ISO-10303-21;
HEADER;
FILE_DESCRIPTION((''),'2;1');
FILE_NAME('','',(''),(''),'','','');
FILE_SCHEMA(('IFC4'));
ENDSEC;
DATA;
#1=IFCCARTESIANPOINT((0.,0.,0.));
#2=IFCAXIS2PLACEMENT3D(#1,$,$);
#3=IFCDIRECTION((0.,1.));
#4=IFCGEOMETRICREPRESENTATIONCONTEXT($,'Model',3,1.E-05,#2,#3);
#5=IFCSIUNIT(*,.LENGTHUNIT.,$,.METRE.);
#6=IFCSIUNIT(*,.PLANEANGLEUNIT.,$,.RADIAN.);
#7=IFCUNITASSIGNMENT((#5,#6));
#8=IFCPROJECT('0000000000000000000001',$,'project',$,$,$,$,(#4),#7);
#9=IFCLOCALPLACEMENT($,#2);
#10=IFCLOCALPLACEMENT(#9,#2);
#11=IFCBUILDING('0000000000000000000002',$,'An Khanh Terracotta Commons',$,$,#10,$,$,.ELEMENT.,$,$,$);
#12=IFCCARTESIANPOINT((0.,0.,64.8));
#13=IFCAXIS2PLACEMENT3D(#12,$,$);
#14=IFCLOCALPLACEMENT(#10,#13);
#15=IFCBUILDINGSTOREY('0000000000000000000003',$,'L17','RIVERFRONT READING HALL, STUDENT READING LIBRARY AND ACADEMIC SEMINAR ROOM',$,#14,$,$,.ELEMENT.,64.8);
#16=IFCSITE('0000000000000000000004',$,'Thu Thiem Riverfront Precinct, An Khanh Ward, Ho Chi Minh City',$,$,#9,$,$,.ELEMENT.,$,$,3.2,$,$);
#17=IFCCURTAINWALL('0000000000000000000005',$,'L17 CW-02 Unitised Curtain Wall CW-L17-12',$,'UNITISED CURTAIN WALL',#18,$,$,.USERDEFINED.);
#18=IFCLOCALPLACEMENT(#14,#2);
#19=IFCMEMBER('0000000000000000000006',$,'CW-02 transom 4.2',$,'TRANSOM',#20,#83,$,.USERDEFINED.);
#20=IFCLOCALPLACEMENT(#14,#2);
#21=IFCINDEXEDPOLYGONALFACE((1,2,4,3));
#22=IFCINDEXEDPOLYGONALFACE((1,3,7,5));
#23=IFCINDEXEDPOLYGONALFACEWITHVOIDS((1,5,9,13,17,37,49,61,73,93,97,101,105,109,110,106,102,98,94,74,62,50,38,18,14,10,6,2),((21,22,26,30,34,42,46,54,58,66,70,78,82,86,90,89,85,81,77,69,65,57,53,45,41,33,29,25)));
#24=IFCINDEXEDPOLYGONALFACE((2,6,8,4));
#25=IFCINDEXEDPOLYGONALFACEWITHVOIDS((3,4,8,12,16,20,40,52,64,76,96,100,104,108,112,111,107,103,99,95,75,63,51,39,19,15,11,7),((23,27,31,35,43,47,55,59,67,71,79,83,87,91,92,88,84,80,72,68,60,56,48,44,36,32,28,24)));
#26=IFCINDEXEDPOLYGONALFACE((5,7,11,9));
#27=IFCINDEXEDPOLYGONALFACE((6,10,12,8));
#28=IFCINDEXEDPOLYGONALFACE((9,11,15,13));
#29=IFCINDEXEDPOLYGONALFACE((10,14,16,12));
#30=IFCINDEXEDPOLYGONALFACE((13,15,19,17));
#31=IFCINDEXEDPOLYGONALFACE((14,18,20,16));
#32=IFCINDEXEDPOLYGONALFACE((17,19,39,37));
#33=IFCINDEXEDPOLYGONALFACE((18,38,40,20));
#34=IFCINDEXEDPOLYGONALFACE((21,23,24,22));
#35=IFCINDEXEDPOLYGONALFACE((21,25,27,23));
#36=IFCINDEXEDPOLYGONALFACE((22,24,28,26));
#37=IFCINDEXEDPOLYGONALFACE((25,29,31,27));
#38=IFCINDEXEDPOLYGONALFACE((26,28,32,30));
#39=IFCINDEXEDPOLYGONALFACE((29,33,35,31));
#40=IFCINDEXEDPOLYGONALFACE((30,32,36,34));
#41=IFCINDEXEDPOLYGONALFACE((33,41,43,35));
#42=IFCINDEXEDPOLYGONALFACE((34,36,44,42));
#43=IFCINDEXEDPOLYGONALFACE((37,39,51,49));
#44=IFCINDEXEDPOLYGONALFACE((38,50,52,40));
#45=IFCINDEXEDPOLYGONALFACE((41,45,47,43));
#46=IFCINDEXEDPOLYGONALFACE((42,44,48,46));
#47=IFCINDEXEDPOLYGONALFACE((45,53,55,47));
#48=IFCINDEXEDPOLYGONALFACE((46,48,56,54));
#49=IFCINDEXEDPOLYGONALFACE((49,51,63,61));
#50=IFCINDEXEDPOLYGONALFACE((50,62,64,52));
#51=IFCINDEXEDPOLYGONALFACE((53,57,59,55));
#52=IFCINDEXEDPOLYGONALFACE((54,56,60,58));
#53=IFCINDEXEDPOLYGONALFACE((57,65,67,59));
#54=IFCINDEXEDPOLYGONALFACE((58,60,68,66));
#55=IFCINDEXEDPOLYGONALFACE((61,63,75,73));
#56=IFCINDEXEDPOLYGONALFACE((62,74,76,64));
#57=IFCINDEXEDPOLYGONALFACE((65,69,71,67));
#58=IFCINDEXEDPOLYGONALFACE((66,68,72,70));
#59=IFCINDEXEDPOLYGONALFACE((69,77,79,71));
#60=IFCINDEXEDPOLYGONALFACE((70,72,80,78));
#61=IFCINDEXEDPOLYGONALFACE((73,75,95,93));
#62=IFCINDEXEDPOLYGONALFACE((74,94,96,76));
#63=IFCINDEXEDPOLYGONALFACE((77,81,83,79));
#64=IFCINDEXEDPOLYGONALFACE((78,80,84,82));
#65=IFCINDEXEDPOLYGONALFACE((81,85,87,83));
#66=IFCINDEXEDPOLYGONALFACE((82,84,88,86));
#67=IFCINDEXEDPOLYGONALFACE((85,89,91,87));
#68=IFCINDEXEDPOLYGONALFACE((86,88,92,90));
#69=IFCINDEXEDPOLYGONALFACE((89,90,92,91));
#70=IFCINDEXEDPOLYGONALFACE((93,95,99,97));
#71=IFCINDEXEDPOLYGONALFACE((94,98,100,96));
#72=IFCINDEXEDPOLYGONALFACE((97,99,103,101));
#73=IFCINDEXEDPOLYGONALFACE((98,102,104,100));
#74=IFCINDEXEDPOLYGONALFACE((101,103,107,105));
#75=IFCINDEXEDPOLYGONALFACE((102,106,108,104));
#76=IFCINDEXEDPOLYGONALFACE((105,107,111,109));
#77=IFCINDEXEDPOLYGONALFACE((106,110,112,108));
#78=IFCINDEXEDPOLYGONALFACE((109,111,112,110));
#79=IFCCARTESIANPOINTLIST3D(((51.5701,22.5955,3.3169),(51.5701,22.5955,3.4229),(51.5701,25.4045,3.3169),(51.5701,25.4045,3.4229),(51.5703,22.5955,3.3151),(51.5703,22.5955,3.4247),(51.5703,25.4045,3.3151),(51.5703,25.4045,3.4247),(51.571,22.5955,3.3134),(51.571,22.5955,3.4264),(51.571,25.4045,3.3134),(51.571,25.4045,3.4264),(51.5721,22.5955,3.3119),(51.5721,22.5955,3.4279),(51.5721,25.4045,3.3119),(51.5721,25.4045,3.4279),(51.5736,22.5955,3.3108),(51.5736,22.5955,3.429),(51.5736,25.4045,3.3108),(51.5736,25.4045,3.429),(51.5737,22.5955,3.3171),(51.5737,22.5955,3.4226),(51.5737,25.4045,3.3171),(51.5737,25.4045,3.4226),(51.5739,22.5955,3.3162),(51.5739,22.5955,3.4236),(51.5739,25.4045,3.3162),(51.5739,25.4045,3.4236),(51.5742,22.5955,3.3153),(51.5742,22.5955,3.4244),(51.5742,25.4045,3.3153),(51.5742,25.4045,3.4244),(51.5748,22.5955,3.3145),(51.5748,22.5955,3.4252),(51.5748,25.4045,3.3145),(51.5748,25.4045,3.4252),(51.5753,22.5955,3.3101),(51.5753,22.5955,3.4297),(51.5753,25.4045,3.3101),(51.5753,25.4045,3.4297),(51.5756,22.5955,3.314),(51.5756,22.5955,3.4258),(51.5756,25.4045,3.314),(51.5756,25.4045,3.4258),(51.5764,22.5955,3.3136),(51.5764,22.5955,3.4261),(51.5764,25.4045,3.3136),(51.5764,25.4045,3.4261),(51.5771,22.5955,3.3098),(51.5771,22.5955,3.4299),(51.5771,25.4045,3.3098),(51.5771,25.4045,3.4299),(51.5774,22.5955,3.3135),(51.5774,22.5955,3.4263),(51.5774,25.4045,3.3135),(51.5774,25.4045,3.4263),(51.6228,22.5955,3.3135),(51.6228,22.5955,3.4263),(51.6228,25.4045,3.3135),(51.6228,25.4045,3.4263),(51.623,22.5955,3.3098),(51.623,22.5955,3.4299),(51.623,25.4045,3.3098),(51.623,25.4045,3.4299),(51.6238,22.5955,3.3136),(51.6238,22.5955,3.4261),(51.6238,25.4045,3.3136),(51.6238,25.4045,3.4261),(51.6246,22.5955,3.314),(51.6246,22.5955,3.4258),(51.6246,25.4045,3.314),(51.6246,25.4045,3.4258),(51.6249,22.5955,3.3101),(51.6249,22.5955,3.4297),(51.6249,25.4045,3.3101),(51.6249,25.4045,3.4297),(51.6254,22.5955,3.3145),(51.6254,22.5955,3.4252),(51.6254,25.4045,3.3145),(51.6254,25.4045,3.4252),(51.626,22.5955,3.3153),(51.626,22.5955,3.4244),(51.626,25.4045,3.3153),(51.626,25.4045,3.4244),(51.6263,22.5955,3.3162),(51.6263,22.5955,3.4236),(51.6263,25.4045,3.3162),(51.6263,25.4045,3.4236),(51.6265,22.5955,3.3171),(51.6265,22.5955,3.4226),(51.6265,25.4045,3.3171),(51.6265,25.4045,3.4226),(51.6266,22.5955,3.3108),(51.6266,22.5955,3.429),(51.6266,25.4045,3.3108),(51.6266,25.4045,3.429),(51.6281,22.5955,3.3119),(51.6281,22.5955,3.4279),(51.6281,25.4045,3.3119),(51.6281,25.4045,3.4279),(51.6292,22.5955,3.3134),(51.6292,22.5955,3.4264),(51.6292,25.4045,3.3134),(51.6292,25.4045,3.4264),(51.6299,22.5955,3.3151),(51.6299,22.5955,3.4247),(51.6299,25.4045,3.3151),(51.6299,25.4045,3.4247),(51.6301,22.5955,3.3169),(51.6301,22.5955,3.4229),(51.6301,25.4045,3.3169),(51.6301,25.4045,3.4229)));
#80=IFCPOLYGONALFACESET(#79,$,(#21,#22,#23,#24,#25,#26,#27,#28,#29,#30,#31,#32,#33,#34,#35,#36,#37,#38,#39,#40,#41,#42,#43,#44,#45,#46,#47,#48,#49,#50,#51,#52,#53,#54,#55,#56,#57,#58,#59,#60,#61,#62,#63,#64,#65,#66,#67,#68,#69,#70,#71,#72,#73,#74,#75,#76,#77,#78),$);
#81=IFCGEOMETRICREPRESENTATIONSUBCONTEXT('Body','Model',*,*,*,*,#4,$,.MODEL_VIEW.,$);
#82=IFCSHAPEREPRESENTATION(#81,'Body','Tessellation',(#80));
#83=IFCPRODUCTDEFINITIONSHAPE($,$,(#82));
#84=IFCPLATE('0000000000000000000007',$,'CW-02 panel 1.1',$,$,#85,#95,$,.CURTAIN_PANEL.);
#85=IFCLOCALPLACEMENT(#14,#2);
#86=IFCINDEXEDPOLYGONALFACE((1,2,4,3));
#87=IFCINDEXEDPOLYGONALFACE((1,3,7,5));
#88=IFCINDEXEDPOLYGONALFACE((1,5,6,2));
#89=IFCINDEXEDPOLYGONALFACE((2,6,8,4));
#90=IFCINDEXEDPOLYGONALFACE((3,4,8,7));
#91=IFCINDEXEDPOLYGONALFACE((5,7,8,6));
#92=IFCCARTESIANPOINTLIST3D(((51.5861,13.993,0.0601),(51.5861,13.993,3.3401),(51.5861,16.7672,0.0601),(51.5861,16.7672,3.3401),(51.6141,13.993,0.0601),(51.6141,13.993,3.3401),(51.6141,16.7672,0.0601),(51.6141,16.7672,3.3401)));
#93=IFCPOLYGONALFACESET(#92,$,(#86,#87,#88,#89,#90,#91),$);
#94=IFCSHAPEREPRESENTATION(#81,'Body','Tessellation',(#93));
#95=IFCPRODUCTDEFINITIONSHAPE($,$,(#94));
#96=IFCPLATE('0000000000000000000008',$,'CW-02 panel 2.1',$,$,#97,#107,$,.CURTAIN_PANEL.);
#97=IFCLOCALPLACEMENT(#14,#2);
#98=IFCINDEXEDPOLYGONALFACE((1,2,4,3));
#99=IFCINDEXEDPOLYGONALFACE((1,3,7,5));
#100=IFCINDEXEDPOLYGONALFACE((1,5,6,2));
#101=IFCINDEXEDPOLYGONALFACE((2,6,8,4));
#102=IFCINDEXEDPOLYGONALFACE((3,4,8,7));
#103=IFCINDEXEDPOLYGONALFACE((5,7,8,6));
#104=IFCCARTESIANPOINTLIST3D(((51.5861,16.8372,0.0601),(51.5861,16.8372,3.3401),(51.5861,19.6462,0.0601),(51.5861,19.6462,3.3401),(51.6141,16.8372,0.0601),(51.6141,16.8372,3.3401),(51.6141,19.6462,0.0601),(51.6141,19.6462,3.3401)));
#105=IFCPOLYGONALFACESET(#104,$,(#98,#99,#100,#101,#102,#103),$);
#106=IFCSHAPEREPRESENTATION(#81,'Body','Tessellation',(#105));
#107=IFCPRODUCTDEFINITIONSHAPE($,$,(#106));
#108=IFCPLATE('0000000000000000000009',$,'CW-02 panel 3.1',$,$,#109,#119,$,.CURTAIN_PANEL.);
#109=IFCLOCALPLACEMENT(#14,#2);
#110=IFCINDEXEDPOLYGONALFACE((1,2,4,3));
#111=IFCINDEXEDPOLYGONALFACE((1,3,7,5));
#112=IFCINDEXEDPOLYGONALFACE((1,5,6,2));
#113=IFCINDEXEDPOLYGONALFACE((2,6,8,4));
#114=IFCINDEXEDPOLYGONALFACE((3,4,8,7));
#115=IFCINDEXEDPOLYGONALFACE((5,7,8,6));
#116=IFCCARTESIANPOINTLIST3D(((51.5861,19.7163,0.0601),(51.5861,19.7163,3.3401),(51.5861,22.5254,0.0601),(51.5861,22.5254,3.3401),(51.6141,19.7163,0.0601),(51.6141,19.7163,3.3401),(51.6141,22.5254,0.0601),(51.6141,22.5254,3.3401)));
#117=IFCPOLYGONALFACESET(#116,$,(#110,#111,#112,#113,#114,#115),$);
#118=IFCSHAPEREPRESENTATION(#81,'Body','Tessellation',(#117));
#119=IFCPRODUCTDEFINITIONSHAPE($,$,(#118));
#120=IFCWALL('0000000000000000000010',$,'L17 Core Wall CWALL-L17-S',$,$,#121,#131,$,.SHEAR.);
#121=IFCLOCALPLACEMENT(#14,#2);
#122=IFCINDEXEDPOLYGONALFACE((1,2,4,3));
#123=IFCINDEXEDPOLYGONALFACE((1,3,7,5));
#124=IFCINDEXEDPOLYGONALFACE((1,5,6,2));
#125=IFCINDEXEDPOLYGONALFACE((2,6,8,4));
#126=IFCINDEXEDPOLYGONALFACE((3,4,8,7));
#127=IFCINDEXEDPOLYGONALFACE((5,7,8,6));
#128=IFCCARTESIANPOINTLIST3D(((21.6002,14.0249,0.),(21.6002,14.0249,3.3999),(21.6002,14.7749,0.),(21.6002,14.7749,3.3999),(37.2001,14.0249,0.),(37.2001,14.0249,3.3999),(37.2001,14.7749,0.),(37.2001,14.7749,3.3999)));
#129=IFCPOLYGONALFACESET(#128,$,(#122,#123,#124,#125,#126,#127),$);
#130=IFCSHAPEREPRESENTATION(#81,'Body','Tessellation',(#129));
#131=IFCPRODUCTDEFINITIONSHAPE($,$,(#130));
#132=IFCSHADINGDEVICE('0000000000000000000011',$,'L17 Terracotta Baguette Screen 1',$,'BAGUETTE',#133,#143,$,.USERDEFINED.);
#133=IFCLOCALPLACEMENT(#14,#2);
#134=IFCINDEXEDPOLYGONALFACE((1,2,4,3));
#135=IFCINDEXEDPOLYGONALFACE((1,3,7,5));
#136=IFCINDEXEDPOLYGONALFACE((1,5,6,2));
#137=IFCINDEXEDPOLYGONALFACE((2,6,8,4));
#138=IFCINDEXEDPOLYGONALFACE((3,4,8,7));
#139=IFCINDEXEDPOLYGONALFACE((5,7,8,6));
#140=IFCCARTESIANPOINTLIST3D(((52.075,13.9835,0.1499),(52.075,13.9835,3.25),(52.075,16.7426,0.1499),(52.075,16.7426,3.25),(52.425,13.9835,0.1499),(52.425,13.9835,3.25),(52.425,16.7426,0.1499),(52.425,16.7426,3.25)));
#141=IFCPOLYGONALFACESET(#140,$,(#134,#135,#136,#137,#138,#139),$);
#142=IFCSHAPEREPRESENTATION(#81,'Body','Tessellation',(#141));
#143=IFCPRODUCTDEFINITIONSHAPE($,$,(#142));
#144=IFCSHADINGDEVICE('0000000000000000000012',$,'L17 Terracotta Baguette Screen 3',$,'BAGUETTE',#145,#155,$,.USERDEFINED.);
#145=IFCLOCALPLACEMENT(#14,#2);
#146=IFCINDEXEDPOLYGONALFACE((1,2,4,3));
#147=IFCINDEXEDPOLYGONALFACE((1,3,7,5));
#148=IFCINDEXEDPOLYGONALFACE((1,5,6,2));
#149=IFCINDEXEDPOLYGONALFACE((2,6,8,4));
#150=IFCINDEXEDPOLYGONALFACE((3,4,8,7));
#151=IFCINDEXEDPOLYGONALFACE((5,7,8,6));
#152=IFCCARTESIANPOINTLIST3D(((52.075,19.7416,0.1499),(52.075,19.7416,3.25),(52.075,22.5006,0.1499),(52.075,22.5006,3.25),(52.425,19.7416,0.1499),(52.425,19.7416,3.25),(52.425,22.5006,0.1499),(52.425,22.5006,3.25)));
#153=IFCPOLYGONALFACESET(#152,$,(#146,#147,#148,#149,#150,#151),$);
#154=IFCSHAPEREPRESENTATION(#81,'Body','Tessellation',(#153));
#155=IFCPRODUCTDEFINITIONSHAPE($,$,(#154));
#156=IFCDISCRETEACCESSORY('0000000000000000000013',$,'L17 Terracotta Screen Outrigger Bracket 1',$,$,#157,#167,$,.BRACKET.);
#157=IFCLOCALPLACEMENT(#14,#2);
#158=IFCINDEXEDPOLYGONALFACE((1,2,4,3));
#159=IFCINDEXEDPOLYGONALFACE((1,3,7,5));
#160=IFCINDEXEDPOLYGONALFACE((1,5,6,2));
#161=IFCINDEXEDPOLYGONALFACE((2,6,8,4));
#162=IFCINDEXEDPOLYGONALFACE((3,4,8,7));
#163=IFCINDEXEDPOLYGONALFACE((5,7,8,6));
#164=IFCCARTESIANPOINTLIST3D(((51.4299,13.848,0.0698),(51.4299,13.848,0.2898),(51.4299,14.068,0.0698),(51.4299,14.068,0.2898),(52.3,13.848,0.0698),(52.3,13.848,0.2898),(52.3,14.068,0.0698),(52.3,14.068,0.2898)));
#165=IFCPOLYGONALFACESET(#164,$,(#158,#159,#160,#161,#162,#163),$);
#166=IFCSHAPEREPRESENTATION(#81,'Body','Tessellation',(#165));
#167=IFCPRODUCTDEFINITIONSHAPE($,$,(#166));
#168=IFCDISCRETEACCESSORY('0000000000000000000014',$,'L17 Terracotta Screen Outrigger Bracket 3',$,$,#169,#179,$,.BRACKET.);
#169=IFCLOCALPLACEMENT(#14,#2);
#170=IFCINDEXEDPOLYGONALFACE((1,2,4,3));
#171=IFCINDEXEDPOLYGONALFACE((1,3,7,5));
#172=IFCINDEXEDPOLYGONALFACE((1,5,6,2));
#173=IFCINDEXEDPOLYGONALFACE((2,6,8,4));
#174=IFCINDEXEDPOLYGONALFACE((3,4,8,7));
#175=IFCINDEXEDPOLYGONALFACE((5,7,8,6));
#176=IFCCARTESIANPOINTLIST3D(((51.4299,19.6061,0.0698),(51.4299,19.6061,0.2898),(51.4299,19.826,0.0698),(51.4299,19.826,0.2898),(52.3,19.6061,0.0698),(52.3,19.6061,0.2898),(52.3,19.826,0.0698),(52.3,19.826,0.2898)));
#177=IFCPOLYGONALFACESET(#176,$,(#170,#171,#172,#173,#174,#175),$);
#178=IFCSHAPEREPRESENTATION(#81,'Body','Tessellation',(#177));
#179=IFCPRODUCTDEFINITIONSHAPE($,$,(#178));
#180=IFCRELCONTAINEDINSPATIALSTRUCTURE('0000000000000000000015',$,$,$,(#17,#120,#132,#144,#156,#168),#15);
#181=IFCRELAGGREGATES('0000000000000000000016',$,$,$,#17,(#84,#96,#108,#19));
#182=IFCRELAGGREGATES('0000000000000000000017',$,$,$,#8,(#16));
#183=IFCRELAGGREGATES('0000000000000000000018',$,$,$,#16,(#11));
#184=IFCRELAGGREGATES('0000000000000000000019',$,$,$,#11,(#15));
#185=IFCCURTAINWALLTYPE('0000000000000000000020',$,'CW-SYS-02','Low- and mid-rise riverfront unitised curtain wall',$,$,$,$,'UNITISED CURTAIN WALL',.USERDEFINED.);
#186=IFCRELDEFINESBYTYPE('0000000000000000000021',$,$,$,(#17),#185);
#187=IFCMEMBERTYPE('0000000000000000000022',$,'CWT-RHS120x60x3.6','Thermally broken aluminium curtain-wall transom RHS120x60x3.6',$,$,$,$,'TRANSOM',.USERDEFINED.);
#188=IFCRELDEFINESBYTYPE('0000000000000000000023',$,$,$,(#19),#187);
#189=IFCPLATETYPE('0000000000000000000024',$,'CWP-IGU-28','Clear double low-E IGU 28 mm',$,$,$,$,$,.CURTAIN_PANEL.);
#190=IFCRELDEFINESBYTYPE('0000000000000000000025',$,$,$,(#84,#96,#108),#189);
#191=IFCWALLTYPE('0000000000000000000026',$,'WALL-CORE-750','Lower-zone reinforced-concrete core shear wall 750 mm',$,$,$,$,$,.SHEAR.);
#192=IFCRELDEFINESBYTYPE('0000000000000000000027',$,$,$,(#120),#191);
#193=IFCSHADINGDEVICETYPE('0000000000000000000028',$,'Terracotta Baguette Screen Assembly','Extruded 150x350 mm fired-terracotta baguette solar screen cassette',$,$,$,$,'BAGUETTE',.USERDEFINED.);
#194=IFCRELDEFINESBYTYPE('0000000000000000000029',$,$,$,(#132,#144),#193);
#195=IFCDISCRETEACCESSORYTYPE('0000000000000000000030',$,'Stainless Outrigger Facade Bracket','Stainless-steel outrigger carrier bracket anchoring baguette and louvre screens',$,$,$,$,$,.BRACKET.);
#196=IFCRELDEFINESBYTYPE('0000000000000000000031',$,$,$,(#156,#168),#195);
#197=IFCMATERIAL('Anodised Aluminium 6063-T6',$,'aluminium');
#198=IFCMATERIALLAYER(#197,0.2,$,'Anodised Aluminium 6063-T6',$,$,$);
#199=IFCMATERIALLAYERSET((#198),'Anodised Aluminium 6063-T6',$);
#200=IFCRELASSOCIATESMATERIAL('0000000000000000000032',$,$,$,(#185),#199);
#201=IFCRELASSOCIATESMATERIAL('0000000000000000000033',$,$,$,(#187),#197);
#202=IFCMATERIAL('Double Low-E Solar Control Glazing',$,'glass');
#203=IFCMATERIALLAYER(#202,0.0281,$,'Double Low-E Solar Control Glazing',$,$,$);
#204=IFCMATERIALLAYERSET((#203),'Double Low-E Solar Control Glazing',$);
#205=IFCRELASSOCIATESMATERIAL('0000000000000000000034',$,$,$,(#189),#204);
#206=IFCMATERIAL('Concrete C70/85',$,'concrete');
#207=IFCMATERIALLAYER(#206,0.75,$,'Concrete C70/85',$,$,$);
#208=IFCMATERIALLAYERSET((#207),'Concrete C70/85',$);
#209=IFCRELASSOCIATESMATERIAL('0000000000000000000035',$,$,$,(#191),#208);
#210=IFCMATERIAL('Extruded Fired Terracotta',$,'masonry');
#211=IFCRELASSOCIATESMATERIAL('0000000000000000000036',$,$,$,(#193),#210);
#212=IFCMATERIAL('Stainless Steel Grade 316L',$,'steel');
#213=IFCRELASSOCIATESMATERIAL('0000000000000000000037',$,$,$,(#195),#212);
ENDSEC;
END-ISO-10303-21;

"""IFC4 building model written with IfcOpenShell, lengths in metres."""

from ifc_helpers import new_model, si_unit, direction, frame, frame_2d, origin, origin_2d, place, context, subcontext, project, spatial, rectangle, hollow_rectangle, extrude, material, layer, layer_set, material_profile, profile_set, type_object, element, aggregate, save


model = new_model("IFC4")

# Units and contexts
model_context = context("Model", 3, precision=1e-05, world=origin(), true_north=direction((0.0, 1.0)))
body_context = subcontext(model_context, "Body", "Model", "MODEL_VIEW")
ifc_project = project(units=[si_unit("LENGTHUNIT", "METRE"), si_unit("PLANEANGLEUNIT", "RADIAN")], contexts=[model_context])

# Site, building, storey
site_placement = place(None, origin())
site = spatial("IfcSite", under=ifc_project, at=site_placement, Name="Thu Thiem Riverfront Precinct, An Khanh Ward, Ho Chi Minh City", CompositionType="ELEMENT", RefElevation=3.2)
building_placement = place(site_placement, origin())
building = spatial("IfcBuilding", under=site, at=building_placement, Name="An Khanh Terracotta Commons", CompositionType="ELEMENT")
storey_placement = place(building_placement, frame((0.0, 0.0, 64.8)))
storey = spatial("IfcBuildingStorey", under=building, at=storey_placement, Name="L17", Description="RIVERFRONT READING HALL, STUDENT READING LIBRARY AND ACADEMIC SEMINAR ROOM", CompositionType="ELEMENT", Elevation=64.8)

# Shared definitions
ifc_material_1 = material(Name="Concrete C70/85", Category="concrete")

# Curtain wall, member, plates
ifc_material_2 = material(Name="Anodised Aluminium 6063-T6", Category="aluminium")
ifc_layer_1 = layer(ifc_material_2, 0.2, Name="Anodised Aluminium 6063-T6")
ifc_layer_set_1 = layer_set([ifc_layer_1], Name="Anodised Aluminium 6063-T6")
curtain_wall_type = type_object("IfcCurtainWallType", Name="CW-SYS-02", Description="Low- and mid-rise riverfront unitised curtain wall", ElementType="UNITISED CURTAIN WALL", PredefinedType="USERDEFINED", material=ifc_layer_set_1)
curtain_wall_placement = place(storey_placement, origin())
curtain_wall = element("IfcCurtainWall", 1, at=curtain_wall_placement, inside=storey, type_object=curtain_wall_type, Name="L17 CW-02 Unitised Curtain Wall CW-L17-12", ObjectType="UNITISED CURTAIN WALL", PredefinedType="USERDEFINED")
ifc_material_profile_1 = material_profile(ifc_material_2, hollow_rectangle(XDim=0.0601, YDim=0.1201, WallThickness=0.0037, InnerFilletRadius=0.0037, OuterFilletRadius=0.0071, at=origin_2d()), Name="RHS120x60x3.6")
ifc_profile_set_1 = profile_set([ifc_material_profile_1], Name="Anodised Aluminium 6063-T6")
member_type_1 = type_object("IfcMemberType", Name="CWT-RHS120x60x3.6", Description="Thermally broken aluminium curtain-wall transom RHS120x60x3.6", ElementType="TRANSOM", PredefinedType="USERDEFINED", material=ifc_profile_set_1)
member_1_placement = place(storey_placement, frame((51.6001, 22.5955, 3.3699), z_axis=(0.0, 1.0, 0.0), x_axis=(-1.0, 0.0, 0.0)))
member_1 = element("IfcMember", 2, at=member_1_placement, type_object=member_type_1, Name="CW-02 transom 4.2", ObjectType="TRANSOM", PredefinedType="USERDEFINED", context=body_context, shape_type="SweptSolid", body=[
    extrude(hollow_rectangle(XDim=0.0601, YDim=0.1201, WallThickness=0.0037, InnerFilletRadius=0.0037, OuterFilletRadius=0.0071, at=origin_2d()), origin(), (0.0, 0.0, 1.0), 2.8091),
])
ifc_material_3 = material(Name="Double Low-E Solar Control Glazing", Category="glass")
ifc_layer_2 = layer(ifc_material_3, 0.0281, Name="Double Low-E Solar Control Glazing")
ifc_layer_set_2 = layer_set([ifc_layer_2], Name="Double Low-E Solar Control Glazing")
plate_type = type_object("IfcPlateType", Name="CWP-IGU-28", Description="Clear double low-E IGU 28 mm", PredefinedType="CURTAIN_PANEL", material=ifc_layer_set_2)
plate_1_placement = place(storey_placement, frame((51.6001, 15.3801, 0.0601), z_axis=(0.0, 0.0, 1.0), x_axis=(0.0, 1.0, 0.0)))
plate_1 = element("IfcPlate", 3, at=plate_1_placement, type_object=plate_type, Name="CW-02 panel 1.1", PredefinedType="CURTAIN_PANEL", context=body_context, shape_type="SweptSolid", body=[
    extrude(rectangle(XDim=2.7742, YDim=0.0281, at=origin_2d()), origin(), (0.0, 0.0, 1.0), 3.28),
])
plate_2_placement = place(storey_placement, frame((51.6001, 18.2417, 0.0601), z_axis=(0.0, 0.0, 1.0), x_axis=(0.0, 1.0, 0.0)))
plate_2 = element("IfcPlate", 4, at=plate_2_placement, type_object=plate_type, Name="CW-02 panel 2.1", PredefinedType="CURTAIN_PANEL", context=body_context, shape_type="SweptSolid", body=[
    extrude(rectangle(XDim=2.8091, YDim=0.0281, at=origin_2d()), origin(), (0.0, 0.0, 1.0), 3.28),
])
plate_3_placement = place(storey_placement, frame((51.6001, 21.1208, 0.0601), z_axis=(0.0, 0.0, 1.0), x_axis=(0.0, 1.0, 0.0)))
plate_3 = element("IfcPlate", 5, at=plate_3_placement, type_object=plate_type, Name="CW-02 panel 3.1", PredefinedType="CURTAIN_PANEL", context=body_context, shape_type="SweptSolid", body=[
    extrude(rectangle(XDim=2.8091, YDim=0.0281, at=origin_2d()), origin(), (0.0, 0.0, 1.0), 3.28),
])
aggregate(curtain_wall, [plate_1, plate_2, plate_3, member_1])

# Wall
ifc_layer_3 = layer(ifc_material_1, 0.75, Name="Concrete C70/85")
ifc_layer_set_3 = layer_set([ifc_layer_3], Name="Concrete C70/85")
wall_type = type_object("IfcWallType", Name="WALL-CORE-750", Description="Lower-zone reinforced-concrete core shear wall 750 mm", PredefinedType="SHEAR", material=ifc_layer_set_3)
wall_1_placement = place(storey_placement, frame((37.2, 14.3999, 0.0), z_axis=(0.0, 0.0, 1.0), x_axis=(-1.0, 0.0, 0.0)))
element("IfcWall", 6, at=wall_1_placement, inside=storey, type_object=wall_type, Name="L17 Core Wall CWALL-L17-S", PredefinedType="SHEAR", context=body_context, shape_type="SweptSolid", body=[
    extrude(rectangle(XDim=15.5999, YDim=0.75, at=frame_2d((7.7998, 0.0))), origin(), (0.0, 0.0, 1.0), 3.3999),
])

# Shading devices
ifc_material_4 = material(Name="Extruded Fired Terracotta", Category="masonry")
shading_device_type = type_object("IfcShadingDeviceType", Name="Terracotta Baguette Screen Assembly", Description="Extruded 150x350 mm fired-terracotta baguette solar screen cassette", ElementType="BAGUETTE", PredefinedType="USERDEFINED", material=ifc_material_4)
for number, where, z_axis, x_axis, name in (
    (7, (52.25, 15.363, 0.1499), (0.0, 0.0, 1.0), (0.0, 1.0, 0.0), "L17 Terracotta Baguette Screen 1"),
    (8, (52.25, 21.1211, 0.1499), (0.0, 0.0, 1.0), (0.0, 1.0, 0.0), "L17 Terracotta Baguette Screen 3"),
):
    element("IfcShadingDevice", number, at=place(storey_placement, frame(where, z_axis=z_axis, x_axis=x_axis)), inside=storey, type_object=shading_device_type, Name=name, ObjectType="BAGUETTE", PredefinedType="USERDEFINED", context=body_context, shape_type="SweptSolid", body=[
        extrude(rectangle(XDim=2.759, YDim=0.3501, at=origin_2d()), origin(), (0.0, 0.0, 1.0), 3.1001),
    ])

# Discrete accessories
ifc_material_5 = material(Name="Stainless Steel Grade 316L", Category="steel")
discrete_accessory_type = type_object("IfcDiscreteAccessoryType", Name="Stainless Outrigger Facade Bracket", Description="Stainless-steel outrigger carrier bracket anchoring baguette and louvre screens", PredefinedType="BRACKET", material=ifc_material_5)
for number, where, z_axis, x_axis, name in (
    (9, (51.865, 13.958, 0.0698), (0.0, 0.0, 1.0), (0.0, 1.0, 0.0), "L17 Terracotta Screen Outrigger Bracket 1"),
    (10, (51.865, 19.7161, 0.0698), (0.0, 0.0, 1.0), (0.0, 1.0, 0.0), "L17 Terracotta Screen Outrigger Bracket 3"),
):
    element("IfcDiscreteAccessory", number, at=place(storey_placement, frame(where, z_axis=z_axis, x_axis=x_axis)), inside=storey, type_object=discrete_accessory_type, Name=name, PredefinedType="BRACKET", context=body_context, shape_type="SweptSolid", body=[
        extrude(rectangle(XDim=0.22, YDim=0.8701, at=origin_2d()), origin(), (0.0, 0.0, 1.0), 0.22),
    ])

save(model, "model.ifc")
